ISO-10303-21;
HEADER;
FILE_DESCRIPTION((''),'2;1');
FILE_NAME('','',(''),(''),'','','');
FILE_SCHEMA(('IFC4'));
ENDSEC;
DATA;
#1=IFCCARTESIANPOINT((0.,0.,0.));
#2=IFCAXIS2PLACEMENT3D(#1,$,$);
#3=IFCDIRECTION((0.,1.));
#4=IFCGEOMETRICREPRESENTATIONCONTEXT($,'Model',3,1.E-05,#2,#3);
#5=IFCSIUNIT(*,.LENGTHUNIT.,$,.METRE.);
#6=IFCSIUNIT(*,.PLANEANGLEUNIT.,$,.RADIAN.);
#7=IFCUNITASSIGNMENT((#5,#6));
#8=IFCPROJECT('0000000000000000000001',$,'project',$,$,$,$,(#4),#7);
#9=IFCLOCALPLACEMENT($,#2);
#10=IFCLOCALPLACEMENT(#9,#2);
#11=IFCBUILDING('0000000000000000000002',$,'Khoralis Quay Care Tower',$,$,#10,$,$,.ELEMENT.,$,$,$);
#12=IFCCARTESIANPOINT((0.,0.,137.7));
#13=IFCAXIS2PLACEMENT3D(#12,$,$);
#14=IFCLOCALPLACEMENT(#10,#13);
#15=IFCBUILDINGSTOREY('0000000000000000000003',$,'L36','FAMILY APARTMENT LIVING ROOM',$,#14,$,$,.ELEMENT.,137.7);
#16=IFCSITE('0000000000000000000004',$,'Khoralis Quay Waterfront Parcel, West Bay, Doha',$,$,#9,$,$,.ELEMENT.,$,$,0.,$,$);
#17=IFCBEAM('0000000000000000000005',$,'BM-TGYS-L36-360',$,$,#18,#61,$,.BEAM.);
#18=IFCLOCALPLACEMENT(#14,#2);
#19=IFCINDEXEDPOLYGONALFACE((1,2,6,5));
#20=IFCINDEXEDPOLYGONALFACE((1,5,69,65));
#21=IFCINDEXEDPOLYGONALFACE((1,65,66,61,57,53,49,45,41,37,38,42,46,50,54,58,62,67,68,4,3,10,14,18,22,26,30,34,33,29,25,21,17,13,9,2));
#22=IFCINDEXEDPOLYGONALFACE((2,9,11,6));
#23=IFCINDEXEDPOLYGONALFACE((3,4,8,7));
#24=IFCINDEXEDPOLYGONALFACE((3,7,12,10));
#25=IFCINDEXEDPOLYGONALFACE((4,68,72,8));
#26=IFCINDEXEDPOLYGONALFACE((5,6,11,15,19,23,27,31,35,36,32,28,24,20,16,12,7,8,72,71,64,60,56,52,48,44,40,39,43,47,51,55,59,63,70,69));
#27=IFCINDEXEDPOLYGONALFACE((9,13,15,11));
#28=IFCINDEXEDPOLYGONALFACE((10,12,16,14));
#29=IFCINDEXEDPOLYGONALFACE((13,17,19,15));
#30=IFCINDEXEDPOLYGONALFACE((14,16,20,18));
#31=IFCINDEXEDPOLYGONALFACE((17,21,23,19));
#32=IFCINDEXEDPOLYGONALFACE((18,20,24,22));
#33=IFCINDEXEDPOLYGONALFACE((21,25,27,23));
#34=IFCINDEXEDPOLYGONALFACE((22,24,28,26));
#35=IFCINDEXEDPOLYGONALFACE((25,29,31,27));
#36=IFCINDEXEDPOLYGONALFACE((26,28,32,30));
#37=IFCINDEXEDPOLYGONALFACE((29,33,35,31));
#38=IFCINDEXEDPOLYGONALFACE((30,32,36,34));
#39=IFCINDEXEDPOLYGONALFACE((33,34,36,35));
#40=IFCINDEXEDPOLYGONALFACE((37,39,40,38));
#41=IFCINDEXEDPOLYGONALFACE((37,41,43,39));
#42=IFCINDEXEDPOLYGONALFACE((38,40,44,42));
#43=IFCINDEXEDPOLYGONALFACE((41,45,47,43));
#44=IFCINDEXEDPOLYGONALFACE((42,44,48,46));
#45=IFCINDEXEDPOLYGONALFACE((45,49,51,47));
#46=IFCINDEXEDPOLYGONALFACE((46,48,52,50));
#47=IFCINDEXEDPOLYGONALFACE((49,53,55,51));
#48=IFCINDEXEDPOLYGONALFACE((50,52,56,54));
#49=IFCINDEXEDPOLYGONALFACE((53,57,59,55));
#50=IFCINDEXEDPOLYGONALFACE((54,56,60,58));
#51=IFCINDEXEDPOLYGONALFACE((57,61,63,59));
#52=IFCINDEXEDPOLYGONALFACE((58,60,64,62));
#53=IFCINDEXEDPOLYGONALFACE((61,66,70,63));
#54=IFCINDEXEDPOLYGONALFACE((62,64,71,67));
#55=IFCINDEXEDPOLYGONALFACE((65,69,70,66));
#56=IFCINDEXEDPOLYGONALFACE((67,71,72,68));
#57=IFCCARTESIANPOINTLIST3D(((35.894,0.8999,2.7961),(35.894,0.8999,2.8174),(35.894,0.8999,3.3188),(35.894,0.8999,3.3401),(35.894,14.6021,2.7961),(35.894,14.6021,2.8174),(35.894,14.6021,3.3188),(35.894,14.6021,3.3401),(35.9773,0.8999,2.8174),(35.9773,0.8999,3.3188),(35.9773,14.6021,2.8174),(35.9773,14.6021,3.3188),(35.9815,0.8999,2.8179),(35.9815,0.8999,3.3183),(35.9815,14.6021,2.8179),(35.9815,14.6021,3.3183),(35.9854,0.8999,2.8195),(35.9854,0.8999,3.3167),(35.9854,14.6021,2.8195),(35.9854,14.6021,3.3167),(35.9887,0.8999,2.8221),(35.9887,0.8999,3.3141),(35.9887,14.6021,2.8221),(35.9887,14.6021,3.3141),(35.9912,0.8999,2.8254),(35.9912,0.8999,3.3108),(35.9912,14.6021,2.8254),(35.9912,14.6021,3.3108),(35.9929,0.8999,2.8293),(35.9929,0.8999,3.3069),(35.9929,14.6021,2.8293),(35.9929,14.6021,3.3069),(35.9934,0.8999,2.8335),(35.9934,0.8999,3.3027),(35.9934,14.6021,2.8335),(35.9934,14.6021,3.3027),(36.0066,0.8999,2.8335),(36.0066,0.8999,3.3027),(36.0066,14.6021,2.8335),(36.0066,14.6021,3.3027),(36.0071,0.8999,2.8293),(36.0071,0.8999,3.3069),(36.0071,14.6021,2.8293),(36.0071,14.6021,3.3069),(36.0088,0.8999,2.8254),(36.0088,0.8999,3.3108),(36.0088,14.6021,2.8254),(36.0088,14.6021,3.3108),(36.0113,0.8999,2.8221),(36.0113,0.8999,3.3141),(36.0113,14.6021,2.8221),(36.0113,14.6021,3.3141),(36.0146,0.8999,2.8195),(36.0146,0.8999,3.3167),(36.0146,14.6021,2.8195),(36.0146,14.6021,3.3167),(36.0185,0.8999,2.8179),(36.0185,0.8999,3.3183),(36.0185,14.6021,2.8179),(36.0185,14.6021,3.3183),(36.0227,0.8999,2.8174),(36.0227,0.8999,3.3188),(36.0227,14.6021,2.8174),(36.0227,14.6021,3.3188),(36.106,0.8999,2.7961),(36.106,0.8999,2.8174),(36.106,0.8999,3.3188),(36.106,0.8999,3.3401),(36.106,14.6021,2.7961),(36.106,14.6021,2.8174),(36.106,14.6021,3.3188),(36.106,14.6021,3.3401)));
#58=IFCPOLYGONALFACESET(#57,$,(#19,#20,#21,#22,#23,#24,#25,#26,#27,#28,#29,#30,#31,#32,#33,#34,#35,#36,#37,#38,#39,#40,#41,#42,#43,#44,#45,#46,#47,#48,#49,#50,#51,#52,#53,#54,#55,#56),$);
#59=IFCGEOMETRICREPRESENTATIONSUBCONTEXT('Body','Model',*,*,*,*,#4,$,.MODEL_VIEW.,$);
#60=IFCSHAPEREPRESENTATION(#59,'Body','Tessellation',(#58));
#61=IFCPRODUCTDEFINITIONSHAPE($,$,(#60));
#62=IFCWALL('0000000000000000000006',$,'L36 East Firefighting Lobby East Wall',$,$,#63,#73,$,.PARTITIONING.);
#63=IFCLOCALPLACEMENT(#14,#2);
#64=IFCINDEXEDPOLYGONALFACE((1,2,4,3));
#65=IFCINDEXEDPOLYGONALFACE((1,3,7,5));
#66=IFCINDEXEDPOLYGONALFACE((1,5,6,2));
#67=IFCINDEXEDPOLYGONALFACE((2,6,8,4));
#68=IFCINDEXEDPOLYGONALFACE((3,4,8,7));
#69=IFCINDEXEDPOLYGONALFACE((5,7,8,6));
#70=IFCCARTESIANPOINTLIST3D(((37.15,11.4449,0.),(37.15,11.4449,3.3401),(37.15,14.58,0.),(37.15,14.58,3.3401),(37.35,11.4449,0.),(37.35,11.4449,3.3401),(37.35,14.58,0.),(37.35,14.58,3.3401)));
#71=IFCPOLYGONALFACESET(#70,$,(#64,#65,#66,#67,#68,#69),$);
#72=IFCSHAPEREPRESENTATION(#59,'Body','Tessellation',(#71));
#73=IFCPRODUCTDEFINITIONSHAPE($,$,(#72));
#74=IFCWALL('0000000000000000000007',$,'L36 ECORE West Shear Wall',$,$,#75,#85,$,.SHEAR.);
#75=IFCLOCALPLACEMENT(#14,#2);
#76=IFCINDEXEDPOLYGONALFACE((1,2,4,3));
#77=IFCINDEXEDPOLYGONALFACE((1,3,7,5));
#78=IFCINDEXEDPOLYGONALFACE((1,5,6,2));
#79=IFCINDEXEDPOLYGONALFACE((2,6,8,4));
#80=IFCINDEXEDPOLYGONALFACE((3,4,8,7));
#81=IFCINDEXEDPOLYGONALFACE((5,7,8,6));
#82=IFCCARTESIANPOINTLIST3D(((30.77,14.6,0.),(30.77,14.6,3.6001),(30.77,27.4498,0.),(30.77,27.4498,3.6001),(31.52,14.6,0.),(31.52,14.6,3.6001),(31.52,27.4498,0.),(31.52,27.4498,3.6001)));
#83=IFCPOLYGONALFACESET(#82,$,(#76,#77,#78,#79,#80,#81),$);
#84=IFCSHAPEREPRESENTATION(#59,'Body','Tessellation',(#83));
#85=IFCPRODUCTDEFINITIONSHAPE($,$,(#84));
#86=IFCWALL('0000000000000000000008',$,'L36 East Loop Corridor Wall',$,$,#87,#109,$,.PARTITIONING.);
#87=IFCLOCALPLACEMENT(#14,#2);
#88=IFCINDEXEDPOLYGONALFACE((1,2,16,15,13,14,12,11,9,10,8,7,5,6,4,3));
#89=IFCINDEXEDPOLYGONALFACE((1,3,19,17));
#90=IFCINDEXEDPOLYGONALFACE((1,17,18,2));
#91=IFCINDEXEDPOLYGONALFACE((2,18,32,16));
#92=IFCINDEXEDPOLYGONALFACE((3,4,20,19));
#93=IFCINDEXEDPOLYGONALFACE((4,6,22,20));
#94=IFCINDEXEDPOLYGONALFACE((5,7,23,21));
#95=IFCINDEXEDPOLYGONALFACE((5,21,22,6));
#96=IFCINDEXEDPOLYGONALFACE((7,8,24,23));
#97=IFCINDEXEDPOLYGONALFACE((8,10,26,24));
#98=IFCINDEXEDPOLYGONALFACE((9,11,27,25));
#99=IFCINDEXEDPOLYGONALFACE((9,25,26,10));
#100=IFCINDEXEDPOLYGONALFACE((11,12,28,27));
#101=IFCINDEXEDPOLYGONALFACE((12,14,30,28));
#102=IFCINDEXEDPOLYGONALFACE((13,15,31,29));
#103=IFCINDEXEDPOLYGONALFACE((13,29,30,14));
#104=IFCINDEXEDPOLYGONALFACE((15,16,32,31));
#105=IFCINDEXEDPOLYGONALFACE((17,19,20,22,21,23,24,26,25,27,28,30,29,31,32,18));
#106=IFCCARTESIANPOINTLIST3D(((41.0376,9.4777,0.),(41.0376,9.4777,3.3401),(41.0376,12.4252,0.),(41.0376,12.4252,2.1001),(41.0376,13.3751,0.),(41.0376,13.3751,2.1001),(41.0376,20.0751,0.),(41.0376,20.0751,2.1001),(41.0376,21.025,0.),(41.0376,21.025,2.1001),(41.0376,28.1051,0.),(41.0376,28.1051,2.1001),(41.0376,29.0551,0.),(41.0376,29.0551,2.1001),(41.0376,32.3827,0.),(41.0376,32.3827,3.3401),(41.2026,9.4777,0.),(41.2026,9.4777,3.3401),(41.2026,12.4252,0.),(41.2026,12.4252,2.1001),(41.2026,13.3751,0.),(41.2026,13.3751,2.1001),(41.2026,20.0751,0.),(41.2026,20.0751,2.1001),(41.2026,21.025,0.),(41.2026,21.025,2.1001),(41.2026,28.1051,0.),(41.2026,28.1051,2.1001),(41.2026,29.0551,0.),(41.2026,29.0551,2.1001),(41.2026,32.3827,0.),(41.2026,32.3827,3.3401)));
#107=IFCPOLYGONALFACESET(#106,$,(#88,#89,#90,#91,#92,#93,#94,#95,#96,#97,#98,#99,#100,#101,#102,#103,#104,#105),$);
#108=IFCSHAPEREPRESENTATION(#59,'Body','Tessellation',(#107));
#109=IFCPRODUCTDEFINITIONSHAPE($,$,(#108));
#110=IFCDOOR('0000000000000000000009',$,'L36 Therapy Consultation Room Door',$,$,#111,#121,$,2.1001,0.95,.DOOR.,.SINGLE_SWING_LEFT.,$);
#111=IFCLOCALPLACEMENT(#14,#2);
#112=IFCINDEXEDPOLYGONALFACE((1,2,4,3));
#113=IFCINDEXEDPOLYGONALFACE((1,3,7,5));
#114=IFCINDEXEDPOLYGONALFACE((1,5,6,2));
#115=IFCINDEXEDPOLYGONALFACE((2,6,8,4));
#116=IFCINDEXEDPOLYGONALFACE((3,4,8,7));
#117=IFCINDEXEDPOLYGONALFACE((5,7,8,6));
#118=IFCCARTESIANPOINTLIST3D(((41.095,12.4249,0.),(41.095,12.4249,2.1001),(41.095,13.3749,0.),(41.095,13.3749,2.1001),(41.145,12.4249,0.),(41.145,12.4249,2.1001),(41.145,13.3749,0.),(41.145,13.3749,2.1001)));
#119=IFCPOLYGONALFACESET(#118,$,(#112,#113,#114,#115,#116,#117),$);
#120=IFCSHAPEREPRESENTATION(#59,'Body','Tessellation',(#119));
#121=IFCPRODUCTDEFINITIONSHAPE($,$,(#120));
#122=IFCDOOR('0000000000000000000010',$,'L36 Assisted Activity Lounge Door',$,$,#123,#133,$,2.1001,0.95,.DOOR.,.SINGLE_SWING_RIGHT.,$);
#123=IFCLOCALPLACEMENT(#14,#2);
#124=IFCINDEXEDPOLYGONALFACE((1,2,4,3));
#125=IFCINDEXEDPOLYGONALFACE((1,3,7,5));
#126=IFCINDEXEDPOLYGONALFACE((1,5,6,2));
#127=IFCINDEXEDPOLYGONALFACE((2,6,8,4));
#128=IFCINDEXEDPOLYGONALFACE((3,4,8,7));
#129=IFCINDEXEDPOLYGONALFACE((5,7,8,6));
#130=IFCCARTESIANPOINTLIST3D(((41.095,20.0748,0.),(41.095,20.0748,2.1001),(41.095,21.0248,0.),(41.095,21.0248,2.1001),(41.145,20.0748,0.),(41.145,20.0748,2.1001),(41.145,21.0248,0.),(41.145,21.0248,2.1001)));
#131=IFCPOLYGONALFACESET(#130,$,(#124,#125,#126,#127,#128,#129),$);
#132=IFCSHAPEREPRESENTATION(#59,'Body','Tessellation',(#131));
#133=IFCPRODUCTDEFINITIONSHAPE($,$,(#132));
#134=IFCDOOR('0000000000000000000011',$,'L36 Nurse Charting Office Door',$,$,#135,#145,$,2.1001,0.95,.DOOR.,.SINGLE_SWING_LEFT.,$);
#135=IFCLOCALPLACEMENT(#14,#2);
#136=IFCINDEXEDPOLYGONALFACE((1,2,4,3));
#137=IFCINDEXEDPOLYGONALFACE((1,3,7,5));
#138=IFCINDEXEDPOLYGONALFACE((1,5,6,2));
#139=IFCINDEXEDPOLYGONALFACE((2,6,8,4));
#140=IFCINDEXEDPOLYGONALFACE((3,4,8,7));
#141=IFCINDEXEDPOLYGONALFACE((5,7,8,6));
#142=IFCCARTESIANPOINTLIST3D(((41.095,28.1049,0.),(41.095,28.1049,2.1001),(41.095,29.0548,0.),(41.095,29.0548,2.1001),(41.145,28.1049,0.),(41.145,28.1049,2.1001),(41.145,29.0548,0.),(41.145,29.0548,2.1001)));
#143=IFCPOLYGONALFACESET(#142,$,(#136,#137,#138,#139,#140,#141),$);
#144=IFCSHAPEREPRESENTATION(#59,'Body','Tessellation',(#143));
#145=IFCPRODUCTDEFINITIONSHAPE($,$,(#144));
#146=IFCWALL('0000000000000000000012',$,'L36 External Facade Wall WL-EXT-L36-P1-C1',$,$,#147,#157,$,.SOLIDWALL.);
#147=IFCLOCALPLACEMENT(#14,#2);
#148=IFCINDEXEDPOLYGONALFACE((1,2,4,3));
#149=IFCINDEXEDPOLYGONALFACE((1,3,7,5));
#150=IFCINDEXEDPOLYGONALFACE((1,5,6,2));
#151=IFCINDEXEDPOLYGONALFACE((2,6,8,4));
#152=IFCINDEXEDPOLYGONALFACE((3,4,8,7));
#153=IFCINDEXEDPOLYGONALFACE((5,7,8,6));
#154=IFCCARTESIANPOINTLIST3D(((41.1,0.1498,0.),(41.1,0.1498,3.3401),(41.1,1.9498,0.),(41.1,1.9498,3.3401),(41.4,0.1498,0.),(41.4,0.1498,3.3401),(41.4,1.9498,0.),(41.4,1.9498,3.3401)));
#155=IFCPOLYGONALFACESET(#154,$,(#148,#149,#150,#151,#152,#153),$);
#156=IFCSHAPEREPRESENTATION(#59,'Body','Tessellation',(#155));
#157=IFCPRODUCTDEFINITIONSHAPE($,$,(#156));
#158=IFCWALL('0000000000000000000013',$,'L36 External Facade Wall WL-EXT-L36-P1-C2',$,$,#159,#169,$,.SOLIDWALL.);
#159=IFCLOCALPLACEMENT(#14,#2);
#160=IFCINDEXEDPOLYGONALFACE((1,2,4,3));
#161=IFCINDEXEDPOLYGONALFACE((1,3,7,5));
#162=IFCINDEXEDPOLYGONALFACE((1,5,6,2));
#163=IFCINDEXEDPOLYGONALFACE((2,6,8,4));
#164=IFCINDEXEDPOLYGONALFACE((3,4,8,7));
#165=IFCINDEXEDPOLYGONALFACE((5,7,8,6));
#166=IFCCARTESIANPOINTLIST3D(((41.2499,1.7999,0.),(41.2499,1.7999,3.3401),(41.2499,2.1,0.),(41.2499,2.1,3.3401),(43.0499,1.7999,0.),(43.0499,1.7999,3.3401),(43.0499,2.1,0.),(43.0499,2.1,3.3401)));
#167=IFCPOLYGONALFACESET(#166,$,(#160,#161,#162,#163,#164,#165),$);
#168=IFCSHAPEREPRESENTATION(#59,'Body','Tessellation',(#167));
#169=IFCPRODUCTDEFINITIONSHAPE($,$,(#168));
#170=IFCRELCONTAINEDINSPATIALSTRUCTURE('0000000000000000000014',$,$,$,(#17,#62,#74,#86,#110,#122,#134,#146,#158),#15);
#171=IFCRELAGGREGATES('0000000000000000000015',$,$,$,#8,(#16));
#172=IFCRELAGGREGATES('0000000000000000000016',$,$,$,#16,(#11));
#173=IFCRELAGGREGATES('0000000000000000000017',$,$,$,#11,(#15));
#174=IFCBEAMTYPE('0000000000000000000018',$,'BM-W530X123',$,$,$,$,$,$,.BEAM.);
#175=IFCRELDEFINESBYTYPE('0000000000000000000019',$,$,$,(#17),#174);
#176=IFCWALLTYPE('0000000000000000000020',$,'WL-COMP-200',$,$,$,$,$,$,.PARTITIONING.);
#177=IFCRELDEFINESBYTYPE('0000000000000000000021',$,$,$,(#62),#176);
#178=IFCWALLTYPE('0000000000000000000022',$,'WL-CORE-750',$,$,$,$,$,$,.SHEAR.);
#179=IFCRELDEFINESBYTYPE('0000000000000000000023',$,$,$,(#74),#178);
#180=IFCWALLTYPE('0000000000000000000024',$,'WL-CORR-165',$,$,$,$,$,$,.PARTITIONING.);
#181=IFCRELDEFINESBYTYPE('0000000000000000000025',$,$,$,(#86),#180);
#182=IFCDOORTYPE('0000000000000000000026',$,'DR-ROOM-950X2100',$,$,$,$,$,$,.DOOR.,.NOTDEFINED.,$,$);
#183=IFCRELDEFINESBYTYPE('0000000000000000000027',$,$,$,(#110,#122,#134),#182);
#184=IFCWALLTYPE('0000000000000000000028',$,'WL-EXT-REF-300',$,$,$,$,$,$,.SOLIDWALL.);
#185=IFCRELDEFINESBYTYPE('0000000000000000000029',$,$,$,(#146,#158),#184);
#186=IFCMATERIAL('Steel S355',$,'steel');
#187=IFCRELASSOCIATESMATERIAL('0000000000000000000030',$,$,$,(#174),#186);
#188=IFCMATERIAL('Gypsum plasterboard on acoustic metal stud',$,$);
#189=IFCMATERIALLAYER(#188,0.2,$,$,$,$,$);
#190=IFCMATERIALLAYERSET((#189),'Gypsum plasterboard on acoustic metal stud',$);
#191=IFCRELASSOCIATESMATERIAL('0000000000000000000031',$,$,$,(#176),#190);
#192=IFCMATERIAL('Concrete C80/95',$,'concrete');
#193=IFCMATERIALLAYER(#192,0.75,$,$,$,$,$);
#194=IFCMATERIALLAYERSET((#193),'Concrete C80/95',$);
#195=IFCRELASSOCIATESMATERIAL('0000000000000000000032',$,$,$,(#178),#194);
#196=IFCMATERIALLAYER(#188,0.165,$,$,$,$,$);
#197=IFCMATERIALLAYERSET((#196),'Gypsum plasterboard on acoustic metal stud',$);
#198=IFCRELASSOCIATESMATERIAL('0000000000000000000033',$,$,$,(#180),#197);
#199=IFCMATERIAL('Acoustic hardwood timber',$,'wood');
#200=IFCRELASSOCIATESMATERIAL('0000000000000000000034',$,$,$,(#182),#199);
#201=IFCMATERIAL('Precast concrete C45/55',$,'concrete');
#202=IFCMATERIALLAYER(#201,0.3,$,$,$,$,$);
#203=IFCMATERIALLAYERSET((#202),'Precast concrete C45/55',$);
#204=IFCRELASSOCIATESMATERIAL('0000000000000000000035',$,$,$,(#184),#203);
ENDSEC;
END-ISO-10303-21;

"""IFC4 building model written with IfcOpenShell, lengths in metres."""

from ifc_helpers import new_model, si_unit, direction, frame, frame_2d, origin, origin_2d, place, context, subcontext, project, spatial, rectangle, i_section, extrude, source, transform, mapped, material, layer, layer_set, material_profile, profile_set, type_object, element, fill, save


model = new_model("IFC4")

# Units and contexts
model_context = context("Model", 3, precision=1e-05, world=origin(), true_north=direction((0.0, 1.0)))
body_context = subcontext(model_context, "Body", "Model", "MODEL_VIEW")
ifc_project = project(units=[si_unit("LENGTHUNIT", "METRE"), si_unit("PLANEANGLEUNIT", "RADIAN")], contexts=[model_context])

# Site, building, storey
site_placement = place(None, origin())
site = spatial("IfcSite", under=ifc_project, at=site_placement, Name="Khoralis Quay Waterfront Parcel, West Bay, Doha", CompositionType="ELEMENT", RefElevation=0.0)
building_placement = place(site_placement, origin())
building = spatial("IfcBuilding", under=site, at=building_placement, Name="Khoralis Quay Care Tower", CompositionType="ELEMENT")
storey_placement = place(building_placement, frame((0.0, 0.0, 137.7)))
storey = spatial("IfcBuildingStorey", under=building, at=storey_placement, Name="L36", Description="FAMILY APARTMENT LIVING ROOM", CompositionType="ELEMENT", Elevation=137.7)

# Beam
ifc_material_1 = material(Name="Steel S355", Category="steel")
ifc_material_profile_1 = material_profile(ifc_material_1, i_section(OverallWidth=0.2119, OverallDepth=0.5439, WebThickness=0.0132, FlangeThickness=0.0212, FilletRadius=0.0161, at=origin_2d()), Name="Steel S355")
ifc_profile_set_1 = profile_set([ifc_material_profile_1], Name="Steel S355")
beam_type_1 = type_object("IfcBeamType", Name="BM-W530X123", PredefinedType="BEAM", material=ifc_profile_set_1)
shared_shape_1 = source(origin(), body_context, "Body", "SweptSolid", [
    extrude(i_section(OverallWidth=0.2119, OverallDepth=0.5439, WebThickness=0.0132, FlangeThickness=0.0212, FilletRadius=0.0161, at=origin_2d()), origin(), (0.0, 0.0, 1.0), 13.7021),
])
beam_1_placement = place(storey_placement, frame((36.0, 0.8999, 3.0681), z_axis=(0.0, 1.0, 0.0), x_axis=(-1.0, 0.0, 0.0)))
element("IfcBeam", 1, at=beam_1_placement, inside=storey, type_object=beam_type_1, Name="BM-TGYS-L36-360", PredefinedType="BEAM", context=body_context, shape_type="MappedRepresentation", body=[
    mapped(shared_shape_1, transform((0.0, 0.0, 0.0), scale=1.0)),
])

# Walls
ifc_material_2 = material(Name="Gypsum plasterboard on acoustic metal stud")
ifc_layer_1 = layer(ifc_material_2, 0.2)
ifc_layer_set_1 = layer_set([ifc_layer_1], Name="Gypsum plasterboard on acoustic metal stud")
wall_type_1 = type_object("IfcWallType", Name="WL-COMP-200", PredefinedType="PARTITIONING", material=ifc_layer_set_1)
wall_1_placement = place(storey_placement, frame((37.25, 11.4451, 0.0), z_axis=(0.0, 0.0, 1.0), x_axis=(0.0, 1.0, 0.0)))
element("IfcWall", 2, at=wall_1_placement, inside=storey, type_object=wall_type_1, Name="L36 East Firefighting Lobby East Wall", PredefinedType="PARTITIONING", context=body_context, shape_type="SweptSolid", body=[
    extrude(rectangle(XDim=3.135, YDim=0.2, at=frame_2d((1.5674, 0.0))), origin(), (0.0, 0.0, 1.0), 3.3401),
])
ifc_material_3 = material(Name="Concrete C80/95", Category="concrete")
ifc_layer_2 = layer(ifc_material_3, 0.75)
ifc_layer_set_2 = layer_set([ifc_layer_2], Name="Concrete C80/95")
wall_type_2 = type_object("IfcWallType", Name="WL-CORE-750", PredefinedType="SHEAR", material=ifc_layer_set_2)
wall_2_placement = place(storey_placement, frame((31.145, 14.6001, 0.0), z_axis=(0.0, 0.0, 1.0), x_axis=(0.0, 1.0, 0.0)))
element("IfcWall", 3, at=wall_2_placement, inside=storey, type_object=wall_type_2, Name="L36 ECORE West Shear Wall", PredefinedType="SHEAR", context=body_context, shape_type="SweptSolid", body=[
    extrude(rectangle(XDim=12.8499, YDim=0.75, at=frame_2d((6.4248, 0.0))), origin(), (0.0, 0.0, 1.0), 3.6001),
])

# Wall, openings, doors
ifc_layer_3 = layer(ifc_material_2, 0.165)
ifc_layer_set_3 = layer_set([ifc_layer_3], Name="Gypsum plasterboard on acoustic metal stud")
wall_type_3 = type_object("IfcWallType", Name="WL-CORR-165", PredefinedType="PARTITIONING", material=ifc_layer_set_3)
wall_3_placement = place(storey_placement, frame((41.1201, 9.4775, 0.0), z_axis=(0.0, 0.0, 1.0), x_axis=(0.0, 1.0, 0.0)))
wall_3 = element("IfcWall", 4, at=wall_3_placement, inside=storey, type_object=wall_type_3, Name="L36 East Loop Corridor Wall", PredefinedType="PARTITIONING", context=body_context, shape_type="SweptSolid", body=[
    extrude(rectangle(XDim=22.905, YDim=0.165, at=frame_2d((11.4526, 0.0))), origin(), (0.0, 0.0, 1.0), 3.3401),
])
opening_1_placement = place(wall_3_placement, frame((2.9475, 0.0, 0.0)))
opening_1 = element("IfcOpeningElement", 5, at=opening_1_placement, cuts=wall_3, PredefinedType="OPENING", context=body_context, shape_type="SweptSolid", body=[
    extrude(rectangle(XDim=0.95, YDim=2.1001, at=frame_2d((0.4751, 1.05))), frame((0.0, 0.0925, 0.0), z_axis=(0.0, -1.0, 0.0), x_axis=(1.0, 0.0, 0.0)), (0.0, 0.0, 1.0), 0.1851),
])
opening_2_placement = place(wall_3_placement, frame((10.5974, 0.0, 0.0)))
opening_2 = element("IfcOpeningElement", 6, at=opening_2_placement, cuts=wall_3, PredefinedType="OPENING", context=body_context, shape_type="SweptSolid", body=[
    extrude(rectangle(XDim=0.95, YDim=2.1001, at=frame_2d((0.4751, 1.05))), frame((0.0, 0.0925, 0.0), z_axis=(0.0, -1.0, 0.0), x_axis=(1.0, 0.0, 0.0)), (0.0, 0.0, 1.0), 0.1851),
])
opening_3_placement = place(wall_3_placement, frame((18.6274, 0.0, 0.0)))
opening_3 = element("IfcOpeningElement", 7, at=opening_3_placement, cuts=wall_3, PredefinedType="OPENING", context=body_context, shape_type="SweptSolid", body=[
    extrude(rectangle(XDim=0.95, YDim=2.1001, at=frame_2d((0.4751, 1.05))), frame((0.0, 0.0925, 0.0), z_axis=(0.0, -1.0, 0.0), x_axis=(1.0, 0.0, 0.0)), (0.0, 0.0, 1.0), 0.1851),
])
ifc_material_4 = material(Name="Acoustic hardwood timber", Category="wood")
door_type = type_object("IfcDoorType", Name="DR-ROOM-950X2100", OperationType="NOTDEFINED", PredefinedType="DOOR", material=ifc_material_4)
shared_shape_2 = source(origin(), body_context, "Body", "SweptSolid", [
    extrude(rectangle(XDim=0.95, YDim=2.1001, at=frame_2d((0.4751, 1.05))), frame((0.0, 0.0249, 0.0), z_axis=(0.0, -1.0, 0.0), x_axis=(1.0, 0.0, 0.0)), (0.0, 0.0, 1.0), 0.05),
])
door_1_placement = place(opening_1_placement, frame((0.95, 0.0, 0.0), z_axis=(0.0, 0.0, 1.0), x_axis=(-1.0, 0.0, 0.0)))
door_1 = element("IfcDoor", 8, at=door_1_placement, inside=storey, type_object=door_type, Name="L36 Therapy Consultation Room Door", OperationType="SINGLE_SWING_LEFT", OverallHeight=2.1001, OverallWidth=0.95, PredefinedType="DOOR", context=body_context, shape_type="MappedRepresentation", body=[
    mapped(shared_shape_2, transform((0.0, 0.0, 0.0), scale=1.0)),
])
fill(opening_1, door_1)
door_2_placement = place(opening_2_placement, frame((0.95, 0.0, 0.0), z_axis=(0.0, 0.0, 1.0), x_axis=(-1.0, 0.0, 0.0)))
door_2 = element("IfcDoor", 9, at=door_2_placement, inside=storey, type_object=door_type, Name="L36 Assisted Activity Lounge Door", OperationType="SINGLE_SWING_RIGHT", OverallHeight=2.1001, OverallWidth=0.95, PredefinedType="DOOR", context=body_context, shape_type="MappedRepresentation", body=[
    mapped(shared_shape_2, transform((0.0, 0.0, 0.0), scale=1.0)),
])
fill(opening_2, door_2)
door_3_placement = place(opening_3_placement, frame((0.95, 0.0, 0.0), z_axis=(0.0, 0.0, 1.0), x_axis=(-1.0, 0.0, 0.0)))
door_3 = element("IfcDoor", 10, at=door_3_placement, inside=storey, type_object=door_type, Name="L36 Nurse Charting Office Door", OperationType="SINGLE_SWING_LEFT", OverallHeight=2.1001, OverallWidth=0.95, PredefinedType="DOOR", context=body_context, shape_type="MappedRepresentation", body=[
    mapped(shared_shape_2, transform((0.0, 0.0, 0.0), scale=1.0)),
])
fill(opening_3, door_3)

# Walls
ifc_material_5 = material(Name="Precast concrete C45/55", Category="concrete")
ifc_layer_4 = layer(ifc_material_5, 0.3)
ifc_layer_set_4 = layer_set([ifc_layer_4], Name="Precast concrete C45/55")
wall_type_4 = type_object("IfcWallType", Name="WL-EXT-REF-300", PredefinedType="SOLIDWALL", material=ifc_layer_set_4)
for number, where, z_axis, x_axis, name in (
    (11, (41.25, 0.1499, 0.0), (0.0, 0.0, 1.0), (0.0, 1.0, 0.0), "L36 External Facade Wall WL-EXT-L36-P1-C1"),
    (12, (41.25, 1.95, 0.0), (0.0, 0.0, 1.0), (1.0, 0.0, 0.0), "L36 External Facade Wall WL-EXT-L36-P1-C2"),
):
    element("IfcWall", number, at=place(storey_placement, frame(where, z_axis=z_axis, x_axis=x_axis)), inside=storey, type_object=wall_type_4, Name=name, PredefinedType="SOLIDWALL", context=body_context, shape_type="SweptSolid", body=[
        extrude(rectangle(XDim=1.8, YDim=0.3, at=frame_2d((0.8999, 0.0))), origin(), (0.0, 0.0, 1.0), 3.3401),
    ])

save(model, "model.ifc")
